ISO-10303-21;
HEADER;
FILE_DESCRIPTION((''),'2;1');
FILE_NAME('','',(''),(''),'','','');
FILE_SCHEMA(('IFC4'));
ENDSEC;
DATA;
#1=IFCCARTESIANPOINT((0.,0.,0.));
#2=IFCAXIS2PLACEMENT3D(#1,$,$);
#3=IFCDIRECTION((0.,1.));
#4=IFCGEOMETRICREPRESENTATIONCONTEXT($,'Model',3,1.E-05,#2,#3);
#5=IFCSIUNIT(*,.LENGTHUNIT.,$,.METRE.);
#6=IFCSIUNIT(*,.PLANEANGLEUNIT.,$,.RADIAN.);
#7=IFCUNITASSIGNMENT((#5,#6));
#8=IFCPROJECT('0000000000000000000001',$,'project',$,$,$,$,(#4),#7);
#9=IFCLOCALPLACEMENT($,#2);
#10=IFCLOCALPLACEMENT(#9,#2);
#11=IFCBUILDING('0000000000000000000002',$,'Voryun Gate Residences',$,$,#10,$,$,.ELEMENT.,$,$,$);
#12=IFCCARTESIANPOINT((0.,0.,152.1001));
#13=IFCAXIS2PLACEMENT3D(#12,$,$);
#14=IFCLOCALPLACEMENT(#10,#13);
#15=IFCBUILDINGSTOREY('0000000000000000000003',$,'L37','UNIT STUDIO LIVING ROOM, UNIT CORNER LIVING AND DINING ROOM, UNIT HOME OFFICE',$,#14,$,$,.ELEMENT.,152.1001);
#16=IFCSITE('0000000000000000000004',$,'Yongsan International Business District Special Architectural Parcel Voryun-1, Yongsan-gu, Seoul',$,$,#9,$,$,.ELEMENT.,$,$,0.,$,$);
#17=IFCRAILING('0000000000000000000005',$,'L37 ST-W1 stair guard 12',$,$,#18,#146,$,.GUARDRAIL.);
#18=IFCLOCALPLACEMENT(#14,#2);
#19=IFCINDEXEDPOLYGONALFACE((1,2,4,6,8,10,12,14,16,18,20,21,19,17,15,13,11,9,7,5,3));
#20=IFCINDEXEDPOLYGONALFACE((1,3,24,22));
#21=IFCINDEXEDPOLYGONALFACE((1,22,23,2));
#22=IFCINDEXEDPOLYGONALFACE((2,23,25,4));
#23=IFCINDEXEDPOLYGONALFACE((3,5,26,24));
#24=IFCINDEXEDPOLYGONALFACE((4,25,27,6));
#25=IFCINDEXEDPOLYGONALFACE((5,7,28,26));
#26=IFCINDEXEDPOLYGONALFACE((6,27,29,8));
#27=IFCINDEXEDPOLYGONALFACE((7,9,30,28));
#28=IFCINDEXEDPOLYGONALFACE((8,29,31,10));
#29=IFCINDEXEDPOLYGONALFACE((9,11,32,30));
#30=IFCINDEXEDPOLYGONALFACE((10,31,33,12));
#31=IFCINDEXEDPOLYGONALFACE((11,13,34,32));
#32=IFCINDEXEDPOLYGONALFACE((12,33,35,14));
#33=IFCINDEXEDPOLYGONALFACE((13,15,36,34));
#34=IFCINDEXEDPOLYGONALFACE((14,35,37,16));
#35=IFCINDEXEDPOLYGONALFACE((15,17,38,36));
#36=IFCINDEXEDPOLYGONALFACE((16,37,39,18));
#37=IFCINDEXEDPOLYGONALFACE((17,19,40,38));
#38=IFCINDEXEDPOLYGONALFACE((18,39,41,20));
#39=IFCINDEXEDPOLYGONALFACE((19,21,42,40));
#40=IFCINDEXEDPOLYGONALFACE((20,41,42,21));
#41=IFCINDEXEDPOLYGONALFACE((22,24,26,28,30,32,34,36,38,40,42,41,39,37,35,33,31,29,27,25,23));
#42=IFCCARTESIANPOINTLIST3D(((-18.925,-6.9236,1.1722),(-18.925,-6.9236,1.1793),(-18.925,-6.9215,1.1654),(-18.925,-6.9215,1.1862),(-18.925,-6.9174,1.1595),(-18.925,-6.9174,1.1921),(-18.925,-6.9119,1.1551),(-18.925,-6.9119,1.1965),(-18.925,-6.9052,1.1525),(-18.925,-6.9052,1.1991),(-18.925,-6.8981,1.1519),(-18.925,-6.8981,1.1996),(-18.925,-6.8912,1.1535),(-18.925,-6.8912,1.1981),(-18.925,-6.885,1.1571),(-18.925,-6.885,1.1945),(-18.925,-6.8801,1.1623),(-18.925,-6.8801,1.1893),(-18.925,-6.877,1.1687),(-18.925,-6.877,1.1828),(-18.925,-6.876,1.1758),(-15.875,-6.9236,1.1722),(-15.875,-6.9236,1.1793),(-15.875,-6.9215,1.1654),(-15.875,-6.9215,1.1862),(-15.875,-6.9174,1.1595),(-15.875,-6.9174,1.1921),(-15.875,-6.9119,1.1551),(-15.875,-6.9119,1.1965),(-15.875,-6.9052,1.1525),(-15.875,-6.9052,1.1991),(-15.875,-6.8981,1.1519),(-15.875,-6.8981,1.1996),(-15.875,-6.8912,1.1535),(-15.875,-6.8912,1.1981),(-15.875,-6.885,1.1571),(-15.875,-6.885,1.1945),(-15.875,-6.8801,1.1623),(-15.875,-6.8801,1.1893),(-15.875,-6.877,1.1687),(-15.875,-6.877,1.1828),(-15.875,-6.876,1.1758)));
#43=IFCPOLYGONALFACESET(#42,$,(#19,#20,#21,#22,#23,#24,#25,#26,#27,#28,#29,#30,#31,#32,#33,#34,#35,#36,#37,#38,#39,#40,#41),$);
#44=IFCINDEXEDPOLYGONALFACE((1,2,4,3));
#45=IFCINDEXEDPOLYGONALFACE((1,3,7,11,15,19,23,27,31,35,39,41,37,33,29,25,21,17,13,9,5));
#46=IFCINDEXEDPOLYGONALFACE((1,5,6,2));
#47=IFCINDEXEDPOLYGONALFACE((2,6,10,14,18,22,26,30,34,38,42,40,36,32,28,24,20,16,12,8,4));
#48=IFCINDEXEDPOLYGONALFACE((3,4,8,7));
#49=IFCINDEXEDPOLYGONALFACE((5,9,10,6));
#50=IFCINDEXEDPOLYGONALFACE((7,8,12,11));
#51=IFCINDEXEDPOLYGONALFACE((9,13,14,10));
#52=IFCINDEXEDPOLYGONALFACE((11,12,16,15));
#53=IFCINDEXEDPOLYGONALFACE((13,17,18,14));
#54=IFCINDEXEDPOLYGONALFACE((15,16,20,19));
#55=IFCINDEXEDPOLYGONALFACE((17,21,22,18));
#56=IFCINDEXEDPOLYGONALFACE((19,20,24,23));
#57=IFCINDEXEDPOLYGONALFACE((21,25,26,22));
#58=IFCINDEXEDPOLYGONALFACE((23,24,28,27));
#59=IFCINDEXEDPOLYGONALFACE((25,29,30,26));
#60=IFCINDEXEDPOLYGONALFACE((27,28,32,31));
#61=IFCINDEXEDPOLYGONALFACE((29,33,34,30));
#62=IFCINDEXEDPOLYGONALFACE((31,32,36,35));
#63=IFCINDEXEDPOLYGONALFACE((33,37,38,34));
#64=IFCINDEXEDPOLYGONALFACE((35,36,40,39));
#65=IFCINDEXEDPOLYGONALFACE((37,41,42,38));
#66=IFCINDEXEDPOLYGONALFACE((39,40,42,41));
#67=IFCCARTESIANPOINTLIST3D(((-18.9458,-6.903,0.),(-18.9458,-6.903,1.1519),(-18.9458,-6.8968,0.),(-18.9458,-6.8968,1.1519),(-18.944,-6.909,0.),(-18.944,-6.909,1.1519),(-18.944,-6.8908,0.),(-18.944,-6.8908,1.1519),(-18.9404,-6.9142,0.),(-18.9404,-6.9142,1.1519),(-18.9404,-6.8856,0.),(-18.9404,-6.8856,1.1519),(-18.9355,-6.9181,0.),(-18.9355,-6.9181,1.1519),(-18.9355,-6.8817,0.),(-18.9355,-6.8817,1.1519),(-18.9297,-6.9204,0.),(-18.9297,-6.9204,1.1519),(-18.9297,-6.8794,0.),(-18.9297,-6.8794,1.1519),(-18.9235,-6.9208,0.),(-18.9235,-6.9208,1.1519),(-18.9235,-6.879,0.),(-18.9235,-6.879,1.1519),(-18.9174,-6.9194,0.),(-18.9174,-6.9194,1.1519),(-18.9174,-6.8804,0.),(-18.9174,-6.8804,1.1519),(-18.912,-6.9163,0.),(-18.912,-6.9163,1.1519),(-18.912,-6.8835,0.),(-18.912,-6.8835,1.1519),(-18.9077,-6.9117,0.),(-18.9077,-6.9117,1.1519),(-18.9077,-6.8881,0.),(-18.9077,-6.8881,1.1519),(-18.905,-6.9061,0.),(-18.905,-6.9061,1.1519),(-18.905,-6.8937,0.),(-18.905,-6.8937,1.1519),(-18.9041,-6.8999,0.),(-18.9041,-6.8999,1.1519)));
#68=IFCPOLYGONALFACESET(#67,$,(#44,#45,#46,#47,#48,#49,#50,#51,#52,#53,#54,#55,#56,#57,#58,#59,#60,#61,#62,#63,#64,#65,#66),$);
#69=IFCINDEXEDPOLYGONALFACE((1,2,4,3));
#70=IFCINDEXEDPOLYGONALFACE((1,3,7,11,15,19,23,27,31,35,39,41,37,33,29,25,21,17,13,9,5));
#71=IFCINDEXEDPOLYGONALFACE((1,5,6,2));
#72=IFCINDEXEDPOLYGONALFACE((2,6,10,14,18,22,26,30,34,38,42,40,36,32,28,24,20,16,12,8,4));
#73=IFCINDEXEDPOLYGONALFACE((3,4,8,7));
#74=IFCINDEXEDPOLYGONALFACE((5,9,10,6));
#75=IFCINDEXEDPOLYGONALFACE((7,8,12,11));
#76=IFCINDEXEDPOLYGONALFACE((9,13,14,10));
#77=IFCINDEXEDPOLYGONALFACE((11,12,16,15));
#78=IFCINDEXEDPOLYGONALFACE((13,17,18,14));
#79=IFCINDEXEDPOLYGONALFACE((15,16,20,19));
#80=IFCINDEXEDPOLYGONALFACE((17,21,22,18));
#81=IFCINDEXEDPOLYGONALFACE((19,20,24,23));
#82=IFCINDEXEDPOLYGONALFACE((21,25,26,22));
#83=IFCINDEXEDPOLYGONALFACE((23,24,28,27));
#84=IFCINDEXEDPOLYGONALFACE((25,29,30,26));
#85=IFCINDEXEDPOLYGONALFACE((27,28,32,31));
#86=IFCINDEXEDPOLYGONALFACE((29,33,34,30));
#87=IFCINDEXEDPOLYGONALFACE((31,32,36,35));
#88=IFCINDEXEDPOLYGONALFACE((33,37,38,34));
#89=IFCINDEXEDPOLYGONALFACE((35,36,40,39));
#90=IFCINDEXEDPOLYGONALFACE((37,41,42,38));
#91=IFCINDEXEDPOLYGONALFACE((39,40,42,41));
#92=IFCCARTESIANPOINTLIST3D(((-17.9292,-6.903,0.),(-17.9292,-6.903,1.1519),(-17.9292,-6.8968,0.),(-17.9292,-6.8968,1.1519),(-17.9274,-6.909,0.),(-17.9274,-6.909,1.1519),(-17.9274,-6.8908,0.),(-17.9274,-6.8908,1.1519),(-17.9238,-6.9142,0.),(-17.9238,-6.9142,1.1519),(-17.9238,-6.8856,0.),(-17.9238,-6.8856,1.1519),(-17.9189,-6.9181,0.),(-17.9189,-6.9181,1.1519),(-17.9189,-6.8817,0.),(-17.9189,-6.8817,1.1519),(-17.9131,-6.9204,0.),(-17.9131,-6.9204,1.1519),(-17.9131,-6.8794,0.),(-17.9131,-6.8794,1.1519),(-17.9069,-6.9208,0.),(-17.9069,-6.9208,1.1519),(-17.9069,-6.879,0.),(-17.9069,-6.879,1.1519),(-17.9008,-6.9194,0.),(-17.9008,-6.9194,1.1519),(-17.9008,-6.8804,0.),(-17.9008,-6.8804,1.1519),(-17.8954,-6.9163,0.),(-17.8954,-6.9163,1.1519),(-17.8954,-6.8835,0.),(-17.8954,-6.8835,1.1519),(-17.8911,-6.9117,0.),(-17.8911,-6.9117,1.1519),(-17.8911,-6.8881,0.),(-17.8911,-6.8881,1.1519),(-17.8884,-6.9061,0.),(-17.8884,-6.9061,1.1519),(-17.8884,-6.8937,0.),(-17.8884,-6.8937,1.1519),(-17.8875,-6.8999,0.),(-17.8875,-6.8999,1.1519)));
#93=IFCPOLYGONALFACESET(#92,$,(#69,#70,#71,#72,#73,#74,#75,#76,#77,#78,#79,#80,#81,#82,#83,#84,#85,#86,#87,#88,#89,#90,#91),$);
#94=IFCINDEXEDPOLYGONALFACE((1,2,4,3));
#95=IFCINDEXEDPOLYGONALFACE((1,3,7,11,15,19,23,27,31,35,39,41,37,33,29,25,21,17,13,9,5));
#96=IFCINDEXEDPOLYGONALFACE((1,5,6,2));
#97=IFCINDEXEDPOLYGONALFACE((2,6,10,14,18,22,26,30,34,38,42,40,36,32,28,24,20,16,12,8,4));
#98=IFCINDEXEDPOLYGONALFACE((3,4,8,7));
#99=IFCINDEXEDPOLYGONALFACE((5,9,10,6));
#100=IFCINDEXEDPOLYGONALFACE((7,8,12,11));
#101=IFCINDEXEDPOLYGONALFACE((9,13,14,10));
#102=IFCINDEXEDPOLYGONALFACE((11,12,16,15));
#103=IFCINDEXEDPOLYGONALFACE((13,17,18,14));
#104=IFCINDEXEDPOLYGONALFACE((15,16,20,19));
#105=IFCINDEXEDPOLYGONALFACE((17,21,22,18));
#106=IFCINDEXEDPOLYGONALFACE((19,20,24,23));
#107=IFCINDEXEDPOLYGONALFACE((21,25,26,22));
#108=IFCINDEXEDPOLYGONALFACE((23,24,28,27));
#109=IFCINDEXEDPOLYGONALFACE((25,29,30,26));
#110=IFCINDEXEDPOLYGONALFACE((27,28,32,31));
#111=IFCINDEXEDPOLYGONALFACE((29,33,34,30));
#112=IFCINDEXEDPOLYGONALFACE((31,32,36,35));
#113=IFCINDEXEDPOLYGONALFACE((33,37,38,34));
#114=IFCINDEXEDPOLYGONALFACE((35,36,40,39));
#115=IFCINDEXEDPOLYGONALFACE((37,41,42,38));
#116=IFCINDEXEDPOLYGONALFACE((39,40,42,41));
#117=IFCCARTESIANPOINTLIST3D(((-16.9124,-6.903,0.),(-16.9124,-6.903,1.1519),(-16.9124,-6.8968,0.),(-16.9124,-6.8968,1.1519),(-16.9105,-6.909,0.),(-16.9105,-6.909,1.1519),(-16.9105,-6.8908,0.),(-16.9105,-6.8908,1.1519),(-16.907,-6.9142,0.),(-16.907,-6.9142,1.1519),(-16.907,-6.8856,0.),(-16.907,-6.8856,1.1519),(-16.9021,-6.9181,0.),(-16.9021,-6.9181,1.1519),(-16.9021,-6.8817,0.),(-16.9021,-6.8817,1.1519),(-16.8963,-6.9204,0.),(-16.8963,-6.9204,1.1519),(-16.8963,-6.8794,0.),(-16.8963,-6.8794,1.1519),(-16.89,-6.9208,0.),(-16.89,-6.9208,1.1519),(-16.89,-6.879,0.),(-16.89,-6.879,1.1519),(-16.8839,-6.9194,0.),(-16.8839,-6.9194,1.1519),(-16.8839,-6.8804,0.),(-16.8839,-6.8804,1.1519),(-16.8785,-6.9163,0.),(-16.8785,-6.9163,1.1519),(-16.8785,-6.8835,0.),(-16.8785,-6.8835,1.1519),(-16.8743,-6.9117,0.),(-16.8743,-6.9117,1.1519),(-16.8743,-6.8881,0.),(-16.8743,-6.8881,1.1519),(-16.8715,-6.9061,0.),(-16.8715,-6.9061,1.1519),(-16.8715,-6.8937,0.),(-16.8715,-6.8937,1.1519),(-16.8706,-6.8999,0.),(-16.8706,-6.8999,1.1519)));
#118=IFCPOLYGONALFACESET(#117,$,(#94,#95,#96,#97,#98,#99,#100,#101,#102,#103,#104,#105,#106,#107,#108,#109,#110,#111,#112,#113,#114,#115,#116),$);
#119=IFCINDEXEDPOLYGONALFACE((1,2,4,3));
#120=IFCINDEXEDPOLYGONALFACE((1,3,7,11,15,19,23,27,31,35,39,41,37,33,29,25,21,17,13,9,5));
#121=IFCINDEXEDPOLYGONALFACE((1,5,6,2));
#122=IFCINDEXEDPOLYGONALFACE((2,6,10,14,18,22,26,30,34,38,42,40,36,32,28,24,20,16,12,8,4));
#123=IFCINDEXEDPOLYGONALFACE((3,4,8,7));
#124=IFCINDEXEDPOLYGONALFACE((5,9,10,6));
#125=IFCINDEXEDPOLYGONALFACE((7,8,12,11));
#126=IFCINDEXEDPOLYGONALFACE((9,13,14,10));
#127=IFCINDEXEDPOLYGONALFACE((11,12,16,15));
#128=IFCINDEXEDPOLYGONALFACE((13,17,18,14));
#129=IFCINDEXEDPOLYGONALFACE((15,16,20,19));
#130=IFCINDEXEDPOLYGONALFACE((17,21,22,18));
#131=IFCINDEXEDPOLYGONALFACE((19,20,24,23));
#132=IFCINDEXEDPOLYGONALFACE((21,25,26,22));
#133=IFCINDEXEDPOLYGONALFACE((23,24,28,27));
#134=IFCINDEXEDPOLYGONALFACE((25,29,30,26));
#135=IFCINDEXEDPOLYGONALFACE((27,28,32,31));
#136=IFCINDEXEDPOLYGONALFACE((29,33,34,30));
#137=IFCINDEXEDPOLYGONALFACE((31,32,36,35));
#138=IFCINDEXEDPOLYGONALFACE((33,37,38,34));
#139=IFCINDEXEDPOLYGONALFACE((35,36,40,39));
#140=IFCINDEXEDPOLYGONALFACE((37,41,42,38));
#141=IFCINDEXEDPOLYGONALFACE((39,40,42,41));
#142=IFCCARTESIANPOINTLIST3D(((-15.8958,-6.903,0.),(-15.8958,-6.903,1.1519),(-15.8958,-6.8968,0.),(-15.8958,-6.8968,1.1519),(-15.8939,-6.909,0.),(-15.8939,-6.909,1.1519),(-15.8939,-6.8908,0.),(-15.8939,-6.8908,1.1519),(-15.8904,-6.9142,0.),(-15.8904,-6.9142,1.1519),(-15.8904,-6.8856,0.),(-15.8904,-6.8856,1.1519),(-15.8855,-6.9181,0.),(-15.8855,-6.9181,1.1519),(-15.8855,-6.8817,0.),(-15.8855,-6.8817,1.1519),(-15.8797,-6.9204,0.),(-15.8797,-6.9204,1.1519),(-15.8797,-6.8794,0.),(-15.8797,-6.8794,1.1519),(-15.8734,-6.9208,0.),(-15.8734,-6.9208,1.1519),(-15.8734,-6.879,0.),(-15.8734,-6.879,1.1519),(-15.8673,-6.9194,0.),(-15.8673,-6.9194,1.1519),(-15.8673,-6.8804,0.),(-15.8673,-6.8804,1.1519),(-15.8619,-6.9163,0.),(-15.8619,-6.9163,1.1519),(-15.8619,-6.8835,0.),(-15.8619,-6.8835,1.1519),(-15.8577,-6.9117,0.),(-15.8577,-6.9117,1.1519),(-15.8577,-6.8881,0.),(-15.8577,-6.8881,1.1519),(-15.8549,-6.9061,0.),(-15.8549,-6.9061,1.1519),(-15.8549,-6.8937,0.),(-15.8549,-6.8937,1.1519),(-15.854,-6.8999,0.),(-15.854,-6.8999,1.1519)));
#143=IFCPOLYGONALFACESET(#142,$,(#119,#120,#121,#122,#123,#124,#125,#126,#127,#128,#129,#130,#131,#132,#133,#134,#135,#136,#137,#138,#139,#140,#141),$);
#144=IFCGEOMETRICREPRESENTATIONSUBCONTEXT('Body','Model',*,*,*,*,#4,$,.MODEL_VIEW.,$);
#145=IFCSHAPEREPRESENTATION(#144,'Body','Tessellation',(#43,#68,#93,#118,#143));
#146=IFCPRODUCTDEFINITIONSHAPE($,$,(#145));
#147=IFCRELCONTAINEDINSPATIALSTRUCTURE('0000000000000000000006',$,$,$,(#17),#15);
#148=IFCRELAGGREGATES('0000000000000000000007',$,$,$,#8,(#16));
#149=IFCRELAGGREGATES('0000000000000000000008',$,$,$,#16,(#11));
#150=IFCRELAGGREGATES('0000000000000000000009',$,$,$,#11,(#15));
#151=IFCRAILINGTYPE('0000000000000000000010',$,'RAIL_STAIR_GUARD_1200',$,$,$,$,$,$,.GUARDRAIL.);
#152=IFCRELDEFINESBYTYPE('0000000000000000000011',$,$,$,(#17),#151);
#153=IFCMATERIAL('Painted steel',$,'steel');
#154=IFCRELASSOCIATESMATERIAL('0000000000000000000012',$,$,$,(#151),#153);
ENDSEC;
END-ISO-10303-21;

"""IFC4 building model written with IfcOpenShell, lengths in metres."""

from ifc_helpers import new_model, si_unit, direction, frame, origin, origin_2d, place, context, subcontext, project, spatial, circle, extrude, material, type_object, element, save


model = new_model("IFC4")

# Units and contexts
model_context = context("Model", 3, precision=1e-05, world=origin(), true_north=direction((0.0, 1.0)))
body_context = subcontext(model_context, "Body", "Model", "MODEL_VIEW")
ifc_project = project(units=[si_unit("LENGTHUNIT", "METRE"), si_unit("PLANEANGLEUNIT", "RADIAN")], contexts=[model_context])

# Site, building, storey
site_placement = place(None, origin())
site = spatial("IfcSite", under=ifc_project, at=site_placement, Name="Yongsan International Business District Special Architectural Parcel Voryun-1, Yongsan-gu, Seoul", CompositionType="ELEMENT", RefElevation=0.0)
building_placement = place(site_placement, origin())
building = spatial("IfcBuilding", under=site, at=building_placement, Name="Voryun Gate Residences", CompositionType="ELEMENT")
storey_placement = place(building_placement, frame((0.0, 0.0, 152.1001)))
storey = spatial("IfcBuildingStorey", under=building, at=storey_placement, Name="L37", Description="UNIT STUDIO LIVING ROOM, UNIT CORNER LIVING AND DINING ROOM, UNIT HOME OFFICE", CompositionType="ELEMENT", Elevation=152.1001)

# Railing
ifc_material_1 = material(Name="Painted steel", Category="steel")
railing_type_1 = type_object("IfcRailingType", Name="RAIL_STAIR_GUARD_1200", PredefinedType="GUARDRAIL", material=ifc_material_1)
railing_1_placement = place(storey_placement, frame((-18.925, -6.8999, 0.0)))
element("IfcRailing", 1, at=railing_1_placement, inside=storey, type_object=railing_type_1, Name="L37 ST-W1 stair guard 12", PredefinedType="GUARDRAIL", context=body_context, shape_type="SweptSolid", body=[
    extrude(circle(Radius=0.0239, at=origin_2d()), frame((0.0, 0.0, 1.1758), z_axis=(1.0, 0.0, 0.0), x_axis=(0.0, 1.0, 0.0)), (0.0, 0.0, 1.0), 3.05),
    extrude(circle(Radius=0.021, at=origin_2d()), origin(), (0.0, 0.0, 1.0), 1.1519),
    extrude(circle(Radius=0.021, at=origin_2d()), frame((1.0166, 0.0, 0.0)), (0.0, 0.0, 1.0), 1.1519),
    extrude(circle(Radius=0.021, at=origin_2d()), frame((2.0334, 0.0, 0.0)), (0.0, 0.0, 1.0), 1.1519),
    extrude(circle(Radius=0.021, at=origin_2d()), frame((3.05, 0.0, 0.0)), (0.0, 0.0, 1.0), 1.1519),
])

save(model, "model.ifc")
